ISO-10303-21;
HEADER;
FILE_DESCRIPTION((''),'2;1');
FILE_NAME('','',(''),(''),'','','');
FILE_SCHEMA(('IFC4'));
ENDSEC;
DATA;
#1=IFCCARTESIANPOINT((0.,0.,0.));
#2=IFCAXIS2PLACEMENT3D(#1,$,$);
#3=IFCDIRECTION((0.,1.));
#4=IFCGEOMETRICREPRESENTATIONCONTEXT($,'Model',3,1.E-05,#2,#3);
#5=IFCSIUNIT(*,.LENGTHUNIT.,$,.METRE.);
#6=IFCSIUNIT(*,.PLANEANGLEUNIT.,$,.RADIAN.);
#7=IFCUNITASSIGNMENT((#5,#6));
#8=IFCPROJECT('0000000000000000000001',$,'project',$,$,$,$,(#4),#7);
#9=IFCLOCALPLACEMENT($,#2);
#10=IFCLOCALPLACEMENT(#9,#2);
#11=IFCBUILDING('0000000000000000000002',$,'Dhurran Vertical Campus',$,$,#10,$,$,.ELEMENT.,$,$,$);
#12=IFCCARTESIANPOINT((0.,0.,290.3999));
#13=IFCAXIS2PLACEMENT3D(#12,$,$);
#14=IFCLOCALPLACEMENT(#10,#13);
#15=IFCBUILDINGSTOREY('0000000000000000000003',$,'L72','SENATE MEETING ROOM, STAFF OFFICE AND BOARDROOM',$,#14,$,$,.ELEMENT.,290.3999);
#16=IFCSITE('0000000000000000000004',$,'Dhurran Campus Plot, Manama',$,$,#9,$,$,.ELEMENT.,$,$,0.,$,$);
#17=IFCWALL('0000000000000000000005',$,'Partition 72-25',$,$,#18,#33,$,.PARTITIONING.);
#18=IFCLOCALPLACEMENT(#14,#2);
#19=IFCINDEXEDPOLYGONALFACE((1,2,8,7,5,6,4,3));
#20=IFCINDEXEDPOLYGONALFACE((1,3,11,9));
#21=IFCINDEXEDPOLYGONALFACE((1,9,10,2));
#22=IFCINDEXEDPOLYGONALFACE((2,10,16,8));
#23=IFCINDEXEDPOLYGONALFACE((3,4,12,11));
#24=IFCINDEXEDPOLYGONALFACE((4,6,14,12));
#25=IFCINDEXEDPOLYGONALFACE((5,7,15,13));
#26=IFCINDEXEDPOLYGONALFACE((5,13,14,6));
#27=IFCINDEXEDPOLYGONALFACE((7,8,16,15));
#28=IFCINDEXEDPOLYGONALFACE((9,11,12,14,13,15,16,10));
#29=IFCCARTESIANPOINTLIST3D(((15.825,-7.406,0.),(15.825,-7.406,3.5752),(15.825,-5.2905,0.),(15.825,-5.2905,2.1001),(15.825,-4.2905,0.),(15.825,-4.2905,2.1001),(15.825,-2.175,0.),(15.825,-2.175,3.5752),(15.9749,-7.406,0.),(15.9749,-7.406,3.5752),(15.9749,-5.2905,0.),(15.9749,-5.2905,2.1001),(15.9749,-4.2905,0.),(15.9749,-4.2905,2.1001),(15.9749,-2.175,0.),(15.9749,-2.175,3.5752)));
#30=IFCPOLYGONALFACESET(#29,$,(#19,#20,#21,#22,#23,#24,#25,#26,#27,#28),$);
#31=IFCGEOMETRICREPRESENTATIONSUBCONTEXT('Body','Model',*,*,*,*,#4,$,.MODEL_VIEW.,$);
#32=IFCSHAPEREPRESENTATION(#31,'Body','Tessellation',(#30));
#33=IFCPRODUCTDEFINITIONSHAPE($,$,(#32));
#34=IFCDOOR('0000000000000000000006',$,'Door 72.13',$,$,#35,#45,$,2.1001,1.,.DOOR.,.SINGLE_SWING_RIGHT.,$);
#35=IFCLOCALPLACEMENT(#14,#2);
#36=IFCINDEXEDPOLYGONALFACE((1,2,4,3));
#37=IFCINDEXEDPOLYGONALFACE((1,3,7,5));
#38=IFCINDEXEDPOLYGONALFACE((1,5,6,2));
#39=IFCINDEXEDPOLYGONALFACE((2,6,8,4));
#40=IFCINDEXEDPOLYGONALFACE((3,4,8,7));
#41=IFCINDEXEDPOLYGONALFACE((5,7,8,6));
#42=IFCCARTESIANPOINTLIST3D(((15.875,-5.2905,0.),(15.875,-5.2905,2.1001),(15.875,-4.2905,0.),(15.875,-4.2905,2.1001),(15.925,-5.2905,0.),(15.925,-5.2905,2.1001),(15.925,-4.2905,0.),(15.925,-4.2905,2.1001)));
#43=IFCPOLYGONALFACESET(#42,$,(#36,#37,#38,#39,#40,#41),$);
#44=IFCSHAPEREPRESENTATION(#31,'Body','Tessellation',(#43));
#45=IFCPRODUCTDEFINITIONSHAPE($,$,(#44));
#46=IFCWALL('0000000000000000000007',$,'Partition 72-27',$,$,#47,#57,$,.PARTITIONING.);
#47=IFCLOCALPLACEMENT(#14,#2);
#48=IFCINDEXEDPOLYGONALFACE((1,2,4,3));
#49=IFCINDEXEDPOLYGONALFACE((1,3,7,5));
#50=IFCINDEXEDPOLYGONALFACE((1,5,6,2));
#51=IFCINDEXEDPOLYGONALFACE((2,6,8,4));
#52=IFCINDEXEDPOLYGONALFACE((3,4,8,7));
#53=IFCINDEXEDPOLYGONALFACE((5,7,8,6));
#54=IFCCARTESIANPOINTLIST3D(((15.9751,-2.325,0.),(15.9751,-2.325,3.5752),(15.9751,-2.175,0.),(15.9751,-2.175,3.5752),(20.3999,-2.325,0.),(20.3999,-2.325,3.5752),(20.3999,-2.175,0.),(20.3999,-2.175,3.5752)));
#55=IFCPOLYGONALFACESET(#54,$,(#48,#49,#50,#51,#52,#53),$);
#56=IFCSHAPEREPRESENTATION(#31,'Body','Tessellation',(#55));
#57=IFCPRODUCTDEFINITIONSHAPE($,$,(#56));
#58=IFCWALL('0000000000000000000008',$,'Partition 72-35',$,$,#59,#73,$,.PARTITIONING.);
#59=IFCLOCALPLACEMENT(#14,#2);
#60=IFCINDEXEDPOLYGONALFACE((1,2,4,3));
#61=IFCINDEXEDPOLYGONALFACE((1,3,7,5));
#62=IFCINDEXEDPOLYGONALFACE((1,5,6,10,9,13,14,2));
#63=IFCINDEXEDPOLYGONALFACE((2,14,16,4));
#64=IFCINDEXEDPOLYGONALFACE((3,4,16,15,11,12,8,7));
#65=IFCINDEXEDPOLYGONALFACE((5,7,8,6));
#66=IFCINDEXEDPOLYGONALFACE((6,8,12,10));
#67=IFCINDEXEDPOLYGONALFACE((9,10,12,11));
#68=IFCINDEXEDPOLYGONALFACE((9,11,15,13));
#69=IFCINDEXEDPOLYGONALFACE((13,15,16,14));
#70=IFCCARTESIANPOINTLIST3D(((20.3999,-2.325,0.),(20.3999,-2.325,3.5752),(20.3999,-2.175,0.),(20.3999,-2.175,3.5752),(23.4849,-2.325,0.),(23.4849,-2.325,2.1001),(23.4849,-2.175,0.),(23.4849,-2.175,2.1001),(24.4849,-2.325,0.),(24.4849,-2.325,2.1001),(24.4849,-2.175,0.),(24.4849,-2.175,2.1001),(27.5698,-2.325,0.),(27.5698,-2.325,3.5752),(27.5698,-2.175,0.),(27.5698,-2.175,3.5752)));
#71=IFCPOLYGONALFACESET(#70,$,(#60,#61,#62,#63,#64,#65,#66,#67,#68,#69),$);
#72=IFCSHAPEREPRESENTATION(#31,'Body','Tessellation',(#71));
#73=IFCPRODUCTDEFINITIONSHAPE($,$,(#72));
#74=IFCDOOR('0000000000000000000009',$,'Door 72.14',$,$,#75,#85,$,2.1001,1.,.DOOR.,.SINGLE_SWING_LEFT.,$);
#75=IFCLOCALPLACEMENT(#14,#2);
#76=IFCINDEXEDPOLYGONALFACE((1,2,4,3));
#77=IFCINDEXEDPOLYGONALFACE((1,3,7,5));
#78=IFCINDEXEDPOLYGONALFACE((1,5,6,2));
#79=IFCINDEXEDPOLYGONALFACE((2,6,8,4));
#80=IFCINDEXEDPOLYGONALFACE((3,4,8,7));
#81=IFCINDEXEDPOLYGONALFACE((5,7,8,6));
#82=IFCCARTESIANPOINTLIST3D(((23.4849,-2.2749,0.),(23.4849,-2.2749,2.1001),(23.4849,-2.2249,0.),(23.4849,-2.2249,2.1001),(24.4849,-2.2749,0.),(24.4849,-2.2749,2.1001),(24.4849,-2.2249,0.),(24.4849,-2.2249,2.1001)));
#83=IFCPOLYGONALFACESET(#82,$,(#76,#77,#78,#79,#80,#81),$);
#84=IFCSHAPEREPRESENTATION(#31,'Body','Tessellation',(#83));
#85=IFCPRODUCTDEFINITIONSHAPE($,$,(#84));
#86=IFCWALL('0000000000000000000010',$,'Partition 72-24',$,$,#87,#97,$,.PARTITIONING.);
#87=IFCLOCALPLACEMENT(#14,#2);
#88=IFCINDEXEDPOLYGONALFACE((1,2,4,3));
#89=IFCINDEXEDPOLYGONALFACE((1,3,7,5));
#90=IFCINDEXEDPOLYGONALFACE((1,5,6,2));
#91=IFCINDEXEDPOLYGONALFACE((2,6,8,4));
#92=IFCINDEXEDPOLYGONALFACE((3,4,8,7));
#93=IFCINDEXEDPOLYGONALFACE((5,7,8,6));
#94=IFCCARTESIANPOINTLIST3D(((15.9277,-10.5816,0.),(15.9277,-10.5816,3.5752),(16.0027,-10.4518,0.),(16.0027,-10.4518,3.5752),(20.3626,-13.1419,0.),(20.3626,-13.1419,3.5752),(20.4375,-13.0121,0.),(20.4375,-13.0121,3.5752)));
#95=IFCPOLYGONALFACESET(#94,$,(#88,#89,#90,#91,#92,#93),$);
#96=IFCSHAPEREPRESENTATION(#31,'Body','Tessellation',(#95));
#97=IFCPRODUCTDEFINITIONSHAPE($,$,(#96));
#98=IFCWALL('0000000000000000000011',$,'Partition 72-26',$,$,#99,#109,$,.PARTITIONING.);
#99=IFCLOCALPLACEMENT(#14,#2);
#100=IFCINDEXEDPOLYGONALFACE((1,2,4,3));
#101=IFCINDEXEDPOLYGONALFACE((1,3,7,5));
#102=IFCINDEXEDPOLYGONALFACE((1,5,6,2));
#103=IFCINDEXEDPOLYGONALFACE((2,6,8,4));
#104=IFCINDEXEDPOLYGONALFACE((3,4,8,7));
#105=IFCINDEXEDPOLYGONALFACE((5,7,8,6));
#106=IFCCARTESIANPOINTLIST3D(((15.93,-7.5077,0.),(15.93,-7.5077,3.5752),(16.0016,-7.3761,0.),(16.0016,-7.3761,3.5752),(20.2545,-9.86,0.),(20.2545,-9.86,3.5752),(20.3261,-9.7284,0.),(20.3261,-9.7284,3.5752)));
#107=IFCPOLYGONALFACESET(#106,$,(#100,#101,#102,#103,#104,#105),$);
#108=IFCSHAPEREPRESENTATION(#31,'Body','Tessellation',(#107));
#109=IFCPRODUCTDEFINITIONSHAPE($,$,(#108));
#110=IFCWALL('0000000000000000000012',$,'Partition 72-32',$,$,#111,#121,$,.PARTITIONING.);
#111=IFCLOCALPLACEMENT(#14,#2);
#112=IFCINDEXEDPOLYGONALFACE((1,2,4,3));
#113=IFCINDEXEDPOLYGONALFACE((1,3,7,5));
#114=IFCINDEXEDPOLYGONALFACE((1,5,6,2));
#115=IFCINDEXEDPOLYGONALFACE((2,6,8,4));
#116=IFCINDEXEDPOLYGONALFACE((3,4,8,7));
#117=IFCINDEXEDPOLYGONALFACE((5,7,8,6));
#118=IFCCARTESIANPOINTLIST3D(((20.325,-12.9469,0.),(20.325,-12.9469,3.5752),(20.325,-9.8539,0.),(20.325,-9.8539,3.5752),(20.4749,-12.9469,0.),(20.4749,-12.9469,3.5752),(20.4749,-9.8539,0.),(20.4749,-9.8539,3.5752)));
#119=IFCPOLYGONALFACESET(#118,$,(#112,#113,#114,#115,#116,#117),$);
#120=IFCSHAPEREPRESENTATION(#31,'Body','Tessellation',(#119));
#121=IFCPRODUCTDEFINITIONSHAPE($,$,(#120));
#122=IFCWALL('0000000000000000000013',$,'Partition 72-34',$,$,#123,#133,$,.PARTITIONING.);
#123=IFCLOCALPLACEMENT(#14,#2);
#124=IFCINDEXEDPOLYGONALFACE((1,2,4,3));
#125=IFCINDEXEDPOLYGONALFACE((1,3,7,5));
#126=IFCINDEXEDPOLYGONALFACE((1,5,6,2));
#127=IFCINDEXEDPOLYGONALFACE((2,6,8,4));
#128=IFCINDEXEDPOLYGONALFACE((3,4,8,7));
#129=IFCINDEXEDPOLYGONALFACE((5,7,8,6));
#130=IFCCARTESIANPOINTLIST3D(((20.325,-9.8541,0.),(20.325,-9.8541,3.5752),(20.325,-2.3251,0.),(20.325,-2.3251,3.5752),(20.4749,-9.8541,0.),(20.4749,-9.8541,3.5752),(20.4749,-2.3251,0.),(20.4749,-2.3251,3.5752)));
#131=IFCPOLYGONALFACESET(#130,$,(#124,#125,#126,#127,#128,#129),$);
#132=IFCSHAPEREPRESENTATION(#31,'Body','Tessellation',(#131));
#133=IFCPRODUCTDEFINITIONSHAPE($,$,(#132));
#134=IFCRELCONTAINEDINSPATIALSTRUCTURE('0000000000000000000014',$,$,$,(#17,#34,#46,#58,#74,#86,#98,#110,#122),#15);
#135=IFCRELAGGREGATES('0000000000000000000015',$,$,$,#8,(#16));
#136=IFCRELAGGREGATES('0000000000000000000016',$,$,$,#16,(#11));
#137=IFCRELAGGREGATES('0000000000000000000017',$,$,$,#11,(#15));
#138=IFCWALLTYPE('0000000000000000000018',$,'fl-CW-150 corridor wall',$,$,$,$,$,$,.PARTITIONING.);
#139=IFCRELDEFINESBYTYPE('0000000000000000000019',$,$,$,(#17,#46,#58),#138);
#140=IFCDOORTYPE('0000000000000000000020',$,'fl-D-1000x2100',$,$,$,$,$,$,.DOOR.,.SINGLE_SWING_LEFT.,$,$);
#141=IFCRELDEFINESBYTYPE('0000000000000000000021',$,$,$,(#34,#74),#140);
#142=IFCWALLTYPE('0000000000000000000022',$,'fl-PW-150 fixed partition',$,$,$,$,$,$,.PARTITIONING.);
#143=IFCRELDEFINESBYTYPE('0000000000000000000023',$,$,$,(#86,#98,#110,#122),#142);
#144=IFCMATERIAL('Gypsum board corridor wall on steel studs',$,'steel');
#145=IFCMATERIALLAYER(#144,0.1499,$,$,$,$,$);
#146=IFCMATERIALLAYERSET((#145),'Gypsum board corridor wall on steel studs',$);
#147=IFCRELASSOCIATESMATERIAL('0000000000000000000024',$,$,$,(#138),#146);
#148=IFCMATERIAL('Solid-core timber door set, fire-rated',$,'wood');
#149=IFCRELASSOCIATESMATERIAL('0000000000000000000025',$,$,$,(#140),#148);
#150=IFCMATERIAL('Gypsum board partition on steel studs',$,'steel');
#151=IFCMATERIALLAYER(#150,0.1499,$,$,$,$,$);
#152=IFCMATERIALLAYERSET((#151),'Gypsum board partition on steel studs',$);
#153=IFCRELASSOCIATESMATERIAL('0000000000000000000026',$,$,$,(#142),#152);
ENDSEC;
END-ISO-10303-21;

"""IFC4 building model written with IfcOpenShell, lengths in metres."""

from ifc_helpers import new_model, si_unit, direction, frame, frame_2d, origin, place, context, subcontext, project, spatial, rectangle, extrude, material, layer, layer_set, type_object, element, fill, save


model = new_model("IFC4")

# Units and contexts
model_context = context("Model", 3, precision=1e-05, world=origin(), true_north=direction((0.0, 1.0)))
body_context = subcontext(model_context, "Body", "Model", "MODEL_VIEW")
ifc_project = project(units=[si_unit("LENGTHUNIT", "METRE"), si_unit("PLANEANGLEUNIT", "RADIAN")], contexts=[model_context])

# Site, building, storey
site_placement = place(None, origin())
site = spatial("IfcSite", under=ifc_project, at=site_placement, Name="Dhurran Campus Plot, Manama", CompositionType="ELEMENT", RefElevation=0.0)
building_placement = place(site_placement, origin())
building = spatial("IfcBuilding", under=site, at=building_placement, Name="Dhurran Vertical Campus", CompositionType="ELEMENT")
storey_placement = place(building_placement, frame((0.0, 0.0, 290.3999)))
storey = spatial("IfcBuildingStorey", under=building, at=storey_placement, Name="L72", Description="SENATE MEETING ROOM, STAFF OFFICE AND BOARDROOM", CompositionType="ELEMENT", Elevation=290.3999)

# Wall, opening, door
ifc_material_1 = material(Name="Gypsum board corridor wall on steel studs", Category="steel")
ifc_layer_1 = layer(ifc_material_1, 0.1499)
ifc_layer_set_1 = layer_set([ifc_layer_1], Name="Gypsum board corridor wall on steel studs")
wall_type_1 = type_object("IfcWallType", Name="fl-CW-150 corridor wall", PredefinedType="PARTITIONING", material=ifc_layer_set_1)
ifc_material_2 = material(Name="Solid-core timber door set, fire-rated", Category="wood")
door_type = type_object("IfcDoorType", Name="fl-D-1000x2100", OperationType="SINGLE_SWING_LEFT", PredefinedType="DOOR", material=ifc_material_2)
wall_1_placement = place(storey_placement, frame((15.8999, -7.406, 0.0), z_axis=(0.0, 0.0, 1.0), x_axis=(0.0, 1.0, 0.0)))
wall_1 = element("IfcWall", 1, at=wall_1_placement, inside=storey, type_object=wall_type_1, Name="Partition 72-25", PredefinedType="PARTITIONING", context=body_context, shape_type="SweptSolid", body=[
    extrude(rectangle(XDim=5.231, YDim=0.1499, at=frame_2d((2.6155, 0.0))), origin(), (0.0, 0.0, 1.0), 3.5752),
])
opening_1_placement = place(wall_1_placement, frame((2.1155, 0.0, 0.0)))
opening_1 = element("IfcOpeningElement", 2, at=opening_1_placement, cuts=wall_1, PredefinedType="OPENING", context=body_context, shape_type="SweptSolid", body=[
    extrude(rectangle(XDim=1.0, YDim=2.1001, at=frame_2d((0.5, 1.05))), frame((0.0, 0.085, 0.0), z_axis=(0.0, -1.0, 0.0), x_axis=(1.0, 0.0, 0.0)), (0.0, 0.0, 1.0), 0.1699),
])
door_1_placement = place(opening_1_placement, origin())
door_1 = element("IfcDoor", 3, at=door_1_placement, inside=storey, type_object=door_type, Name="Door 72.13", OperationType="SINGLE_SWING_RIGHT", OverallHeight=2.1001, OverallWidth=1.0, PredefinedType="DOOR", context=body_context, shape_type="SweptSolid", body=[
    extrude(rectangle(XDim=1.0, YDim=2.1001, at=frame_2d((0.5, 1.05))), frame((0.0, 0.0249, 0.0), z_axis=(0.0, -1.0, 0.0), x_axis=(1.0, 0.0, 0.0)), (0.0, 0.0, 1.0), 0.05),
])
fill(opening_1, door_1)

# Wall
wall_2_placement = place(storey_placement, frame((20.3999, -2.25, 0.0), z_axis=(0.0, 0.0, 1.0), x_axis=(-1.0, 0.0, 0.0)))
element("IfcWall", 4, at=wall_2_placement, inside=storey, type_object=wall_type_1, Name="Partition 72-27", PredefinedType="PARTITIONING", context=body_context, shape_type="SweptSolid", body=[
    extrude(rectangle(XDim=4.4248, YDim=0.1499, at=frame_2d((2.2124, 0.0))), origin(), (0.0, 0.0, 1.0), 3.5752),
])

# Wall, opening, door
wall_3_placement = place(storey_placement, frame((27.5698, -2.25, 0.0), z_axis=(0.0, 0.0, 1.0), x_axis=(-1.0, 0.0, 0.0)))
wall_3 = element("IfcWall", 5, at=wall_3_placement, inside=storey, type_object=wall_type_1, Name="Partition 72-35", PredefinedType="PARTITIONING", context=body_context, shape_type="SweptSolid", body=[
    extrude(rectangle(XDim=7.1699, YDim=0.1499, at=frame_2d((3.585, 0.0))), origin(), (0.0, 0.0, 1.0), 3.5752),
])
opening_2_placement = place(wall_3_placement, frame((3.085, 0.0, 0.0)))
opening_2 = element("IfcOpeningElement", 6, at=opening_2_placement, cuts=wall_3, PredefinedType="OPENING", context=body_context, shape_type="SweptSolid", body=[
    extrude(rectangle(XDim=1.0, YDim=2.1001, at=frame_2d((0.5, 1.05))), frame((0.0, 0.085, 0.0), z_axis=(0.0, -1.0, 0.0), x_axis=(1.0, 0.0, 0.0)), (0.0, 0.0, 1.0), 0.1699),
])
door_2_placement = place(opening_2_placement, origin())
door_2 = element("IfcDoor", 7, at=door_2_placement, inside=storey, type_object=door_type, Name="Door 72.14", OperationType="SINGLE_SWING_LEFT", OverallHeight=2.1001, OverallWidth=1.0, PredefinedType="DOOR", context=body_context, shape_type="SweptSolid", body=[
    extrude(rectangle(XDim=1.0, YDim=2.1001, at=frame_2d((0.5, 1.05))), frame((0.0, 0.0249, 0.0), z_axis=(0.0, -1.0, 0.0), x_axis=(1.0, 0.0, 0.0)), (0.0, 0.0, 1.0), 0.05),
])
fill(opening_2, door_2)

# Walls
ifc_material_3 = material(Name="Gypsum board partition on steel studs", Category="steel")
ifc_layer_2 = layer(ifc_material_3, 0.1499)
ifc_layer_set_2 = layer_set([ifc_layer_2], Name="Gypsum board partition on steel studs")
wall_type_2 = type_object("IfcWallType", Name="fl-PW-150 fixed partition", PredefinedType="PARTITIONING", material=ifc_layer_set_2)
wall_4_placement = place(storey_placement, frame((15.9651, -10.5166, 0.0), z_axis=(0.0, 0.0, 1.0), x_axis=(0.866037, -0.49998, 0.0)))
element("IfcWall", 8, at=wall_4_placement, inside=storey, type_object=wall_type_2, Name="Partition 72-24", PredefinedType="PARTITIONING", context=body_context, shape_type="SweptSolid", body=[
    extrude(rectangle(XDim=5.1208, YDim=0.1499, at=frame_2d((2.5605, 0.0))), origin(), (0.0, 0.0, 1.0), 3.5752),
])
wall_5_placement = place(storey_placement, frame((15.9658, -7.4419, 0.0), z_axis=(0.0, 0.0, 1.0), x_axis=(0.87845, -0.477834, 0.0)))
element("IfcWall", 9, at=wall_5_placement, inside=storey, type_object=wall_type_2, Name="Partition 72-26", PredefinedType="PARTITIONING", context=body_context, shape_type="SweptSolid", body=[
    extrude(rectangle(XDim=4.9229, YDim=0.1499, at=frame_2d((2.4614, 0.0))), origin(), (0.0, 0.0, 1.0), 3.5752),
])
wall_6_placement = place(storey_placement, frame((20.3999, -9.854, 0.0), z_axis=(0.0, 0.0, 1.0), x_axis=(0.0, -1.0, 0.0)))
element("IfcWall", 10, at=wall_6_placement, inside=storey, type_object=wall_type_2, Name="Partition 72-32", PredefinedType="PARTITIONING", context=body_context, shape_type="SweptSolid", body=[
    extrude(rectangle(XDim=3.093, YDim=0.1499, at=frame_2d((1.5464, 0.0))), origin(), (0.0, 0.0, 1.0), 3.5752),
])
wall_7_placement = place(storey_placement, frame((20.3999, -2.325, 0.0), z_axis=(0.0, 0.0, 1.0), x_axis=(0.0, -1.0, 0.0)))
element("IfcWall", 11, at=wall_7_placement, inside=storey, type_object=wall_type_2, Name="Partition 72-34", PredefinedType="PARTITIONING", context=body_context, shape_type="SweptSolid", body=[
    extrude(rectangle(XDim=7.5291, YDim=0.1499, at=frame_2d((3.7646, 0.0))), origin(), (0.0, 0.0, 1.0), 3.5752),
])

save(model, "model.ifc")
